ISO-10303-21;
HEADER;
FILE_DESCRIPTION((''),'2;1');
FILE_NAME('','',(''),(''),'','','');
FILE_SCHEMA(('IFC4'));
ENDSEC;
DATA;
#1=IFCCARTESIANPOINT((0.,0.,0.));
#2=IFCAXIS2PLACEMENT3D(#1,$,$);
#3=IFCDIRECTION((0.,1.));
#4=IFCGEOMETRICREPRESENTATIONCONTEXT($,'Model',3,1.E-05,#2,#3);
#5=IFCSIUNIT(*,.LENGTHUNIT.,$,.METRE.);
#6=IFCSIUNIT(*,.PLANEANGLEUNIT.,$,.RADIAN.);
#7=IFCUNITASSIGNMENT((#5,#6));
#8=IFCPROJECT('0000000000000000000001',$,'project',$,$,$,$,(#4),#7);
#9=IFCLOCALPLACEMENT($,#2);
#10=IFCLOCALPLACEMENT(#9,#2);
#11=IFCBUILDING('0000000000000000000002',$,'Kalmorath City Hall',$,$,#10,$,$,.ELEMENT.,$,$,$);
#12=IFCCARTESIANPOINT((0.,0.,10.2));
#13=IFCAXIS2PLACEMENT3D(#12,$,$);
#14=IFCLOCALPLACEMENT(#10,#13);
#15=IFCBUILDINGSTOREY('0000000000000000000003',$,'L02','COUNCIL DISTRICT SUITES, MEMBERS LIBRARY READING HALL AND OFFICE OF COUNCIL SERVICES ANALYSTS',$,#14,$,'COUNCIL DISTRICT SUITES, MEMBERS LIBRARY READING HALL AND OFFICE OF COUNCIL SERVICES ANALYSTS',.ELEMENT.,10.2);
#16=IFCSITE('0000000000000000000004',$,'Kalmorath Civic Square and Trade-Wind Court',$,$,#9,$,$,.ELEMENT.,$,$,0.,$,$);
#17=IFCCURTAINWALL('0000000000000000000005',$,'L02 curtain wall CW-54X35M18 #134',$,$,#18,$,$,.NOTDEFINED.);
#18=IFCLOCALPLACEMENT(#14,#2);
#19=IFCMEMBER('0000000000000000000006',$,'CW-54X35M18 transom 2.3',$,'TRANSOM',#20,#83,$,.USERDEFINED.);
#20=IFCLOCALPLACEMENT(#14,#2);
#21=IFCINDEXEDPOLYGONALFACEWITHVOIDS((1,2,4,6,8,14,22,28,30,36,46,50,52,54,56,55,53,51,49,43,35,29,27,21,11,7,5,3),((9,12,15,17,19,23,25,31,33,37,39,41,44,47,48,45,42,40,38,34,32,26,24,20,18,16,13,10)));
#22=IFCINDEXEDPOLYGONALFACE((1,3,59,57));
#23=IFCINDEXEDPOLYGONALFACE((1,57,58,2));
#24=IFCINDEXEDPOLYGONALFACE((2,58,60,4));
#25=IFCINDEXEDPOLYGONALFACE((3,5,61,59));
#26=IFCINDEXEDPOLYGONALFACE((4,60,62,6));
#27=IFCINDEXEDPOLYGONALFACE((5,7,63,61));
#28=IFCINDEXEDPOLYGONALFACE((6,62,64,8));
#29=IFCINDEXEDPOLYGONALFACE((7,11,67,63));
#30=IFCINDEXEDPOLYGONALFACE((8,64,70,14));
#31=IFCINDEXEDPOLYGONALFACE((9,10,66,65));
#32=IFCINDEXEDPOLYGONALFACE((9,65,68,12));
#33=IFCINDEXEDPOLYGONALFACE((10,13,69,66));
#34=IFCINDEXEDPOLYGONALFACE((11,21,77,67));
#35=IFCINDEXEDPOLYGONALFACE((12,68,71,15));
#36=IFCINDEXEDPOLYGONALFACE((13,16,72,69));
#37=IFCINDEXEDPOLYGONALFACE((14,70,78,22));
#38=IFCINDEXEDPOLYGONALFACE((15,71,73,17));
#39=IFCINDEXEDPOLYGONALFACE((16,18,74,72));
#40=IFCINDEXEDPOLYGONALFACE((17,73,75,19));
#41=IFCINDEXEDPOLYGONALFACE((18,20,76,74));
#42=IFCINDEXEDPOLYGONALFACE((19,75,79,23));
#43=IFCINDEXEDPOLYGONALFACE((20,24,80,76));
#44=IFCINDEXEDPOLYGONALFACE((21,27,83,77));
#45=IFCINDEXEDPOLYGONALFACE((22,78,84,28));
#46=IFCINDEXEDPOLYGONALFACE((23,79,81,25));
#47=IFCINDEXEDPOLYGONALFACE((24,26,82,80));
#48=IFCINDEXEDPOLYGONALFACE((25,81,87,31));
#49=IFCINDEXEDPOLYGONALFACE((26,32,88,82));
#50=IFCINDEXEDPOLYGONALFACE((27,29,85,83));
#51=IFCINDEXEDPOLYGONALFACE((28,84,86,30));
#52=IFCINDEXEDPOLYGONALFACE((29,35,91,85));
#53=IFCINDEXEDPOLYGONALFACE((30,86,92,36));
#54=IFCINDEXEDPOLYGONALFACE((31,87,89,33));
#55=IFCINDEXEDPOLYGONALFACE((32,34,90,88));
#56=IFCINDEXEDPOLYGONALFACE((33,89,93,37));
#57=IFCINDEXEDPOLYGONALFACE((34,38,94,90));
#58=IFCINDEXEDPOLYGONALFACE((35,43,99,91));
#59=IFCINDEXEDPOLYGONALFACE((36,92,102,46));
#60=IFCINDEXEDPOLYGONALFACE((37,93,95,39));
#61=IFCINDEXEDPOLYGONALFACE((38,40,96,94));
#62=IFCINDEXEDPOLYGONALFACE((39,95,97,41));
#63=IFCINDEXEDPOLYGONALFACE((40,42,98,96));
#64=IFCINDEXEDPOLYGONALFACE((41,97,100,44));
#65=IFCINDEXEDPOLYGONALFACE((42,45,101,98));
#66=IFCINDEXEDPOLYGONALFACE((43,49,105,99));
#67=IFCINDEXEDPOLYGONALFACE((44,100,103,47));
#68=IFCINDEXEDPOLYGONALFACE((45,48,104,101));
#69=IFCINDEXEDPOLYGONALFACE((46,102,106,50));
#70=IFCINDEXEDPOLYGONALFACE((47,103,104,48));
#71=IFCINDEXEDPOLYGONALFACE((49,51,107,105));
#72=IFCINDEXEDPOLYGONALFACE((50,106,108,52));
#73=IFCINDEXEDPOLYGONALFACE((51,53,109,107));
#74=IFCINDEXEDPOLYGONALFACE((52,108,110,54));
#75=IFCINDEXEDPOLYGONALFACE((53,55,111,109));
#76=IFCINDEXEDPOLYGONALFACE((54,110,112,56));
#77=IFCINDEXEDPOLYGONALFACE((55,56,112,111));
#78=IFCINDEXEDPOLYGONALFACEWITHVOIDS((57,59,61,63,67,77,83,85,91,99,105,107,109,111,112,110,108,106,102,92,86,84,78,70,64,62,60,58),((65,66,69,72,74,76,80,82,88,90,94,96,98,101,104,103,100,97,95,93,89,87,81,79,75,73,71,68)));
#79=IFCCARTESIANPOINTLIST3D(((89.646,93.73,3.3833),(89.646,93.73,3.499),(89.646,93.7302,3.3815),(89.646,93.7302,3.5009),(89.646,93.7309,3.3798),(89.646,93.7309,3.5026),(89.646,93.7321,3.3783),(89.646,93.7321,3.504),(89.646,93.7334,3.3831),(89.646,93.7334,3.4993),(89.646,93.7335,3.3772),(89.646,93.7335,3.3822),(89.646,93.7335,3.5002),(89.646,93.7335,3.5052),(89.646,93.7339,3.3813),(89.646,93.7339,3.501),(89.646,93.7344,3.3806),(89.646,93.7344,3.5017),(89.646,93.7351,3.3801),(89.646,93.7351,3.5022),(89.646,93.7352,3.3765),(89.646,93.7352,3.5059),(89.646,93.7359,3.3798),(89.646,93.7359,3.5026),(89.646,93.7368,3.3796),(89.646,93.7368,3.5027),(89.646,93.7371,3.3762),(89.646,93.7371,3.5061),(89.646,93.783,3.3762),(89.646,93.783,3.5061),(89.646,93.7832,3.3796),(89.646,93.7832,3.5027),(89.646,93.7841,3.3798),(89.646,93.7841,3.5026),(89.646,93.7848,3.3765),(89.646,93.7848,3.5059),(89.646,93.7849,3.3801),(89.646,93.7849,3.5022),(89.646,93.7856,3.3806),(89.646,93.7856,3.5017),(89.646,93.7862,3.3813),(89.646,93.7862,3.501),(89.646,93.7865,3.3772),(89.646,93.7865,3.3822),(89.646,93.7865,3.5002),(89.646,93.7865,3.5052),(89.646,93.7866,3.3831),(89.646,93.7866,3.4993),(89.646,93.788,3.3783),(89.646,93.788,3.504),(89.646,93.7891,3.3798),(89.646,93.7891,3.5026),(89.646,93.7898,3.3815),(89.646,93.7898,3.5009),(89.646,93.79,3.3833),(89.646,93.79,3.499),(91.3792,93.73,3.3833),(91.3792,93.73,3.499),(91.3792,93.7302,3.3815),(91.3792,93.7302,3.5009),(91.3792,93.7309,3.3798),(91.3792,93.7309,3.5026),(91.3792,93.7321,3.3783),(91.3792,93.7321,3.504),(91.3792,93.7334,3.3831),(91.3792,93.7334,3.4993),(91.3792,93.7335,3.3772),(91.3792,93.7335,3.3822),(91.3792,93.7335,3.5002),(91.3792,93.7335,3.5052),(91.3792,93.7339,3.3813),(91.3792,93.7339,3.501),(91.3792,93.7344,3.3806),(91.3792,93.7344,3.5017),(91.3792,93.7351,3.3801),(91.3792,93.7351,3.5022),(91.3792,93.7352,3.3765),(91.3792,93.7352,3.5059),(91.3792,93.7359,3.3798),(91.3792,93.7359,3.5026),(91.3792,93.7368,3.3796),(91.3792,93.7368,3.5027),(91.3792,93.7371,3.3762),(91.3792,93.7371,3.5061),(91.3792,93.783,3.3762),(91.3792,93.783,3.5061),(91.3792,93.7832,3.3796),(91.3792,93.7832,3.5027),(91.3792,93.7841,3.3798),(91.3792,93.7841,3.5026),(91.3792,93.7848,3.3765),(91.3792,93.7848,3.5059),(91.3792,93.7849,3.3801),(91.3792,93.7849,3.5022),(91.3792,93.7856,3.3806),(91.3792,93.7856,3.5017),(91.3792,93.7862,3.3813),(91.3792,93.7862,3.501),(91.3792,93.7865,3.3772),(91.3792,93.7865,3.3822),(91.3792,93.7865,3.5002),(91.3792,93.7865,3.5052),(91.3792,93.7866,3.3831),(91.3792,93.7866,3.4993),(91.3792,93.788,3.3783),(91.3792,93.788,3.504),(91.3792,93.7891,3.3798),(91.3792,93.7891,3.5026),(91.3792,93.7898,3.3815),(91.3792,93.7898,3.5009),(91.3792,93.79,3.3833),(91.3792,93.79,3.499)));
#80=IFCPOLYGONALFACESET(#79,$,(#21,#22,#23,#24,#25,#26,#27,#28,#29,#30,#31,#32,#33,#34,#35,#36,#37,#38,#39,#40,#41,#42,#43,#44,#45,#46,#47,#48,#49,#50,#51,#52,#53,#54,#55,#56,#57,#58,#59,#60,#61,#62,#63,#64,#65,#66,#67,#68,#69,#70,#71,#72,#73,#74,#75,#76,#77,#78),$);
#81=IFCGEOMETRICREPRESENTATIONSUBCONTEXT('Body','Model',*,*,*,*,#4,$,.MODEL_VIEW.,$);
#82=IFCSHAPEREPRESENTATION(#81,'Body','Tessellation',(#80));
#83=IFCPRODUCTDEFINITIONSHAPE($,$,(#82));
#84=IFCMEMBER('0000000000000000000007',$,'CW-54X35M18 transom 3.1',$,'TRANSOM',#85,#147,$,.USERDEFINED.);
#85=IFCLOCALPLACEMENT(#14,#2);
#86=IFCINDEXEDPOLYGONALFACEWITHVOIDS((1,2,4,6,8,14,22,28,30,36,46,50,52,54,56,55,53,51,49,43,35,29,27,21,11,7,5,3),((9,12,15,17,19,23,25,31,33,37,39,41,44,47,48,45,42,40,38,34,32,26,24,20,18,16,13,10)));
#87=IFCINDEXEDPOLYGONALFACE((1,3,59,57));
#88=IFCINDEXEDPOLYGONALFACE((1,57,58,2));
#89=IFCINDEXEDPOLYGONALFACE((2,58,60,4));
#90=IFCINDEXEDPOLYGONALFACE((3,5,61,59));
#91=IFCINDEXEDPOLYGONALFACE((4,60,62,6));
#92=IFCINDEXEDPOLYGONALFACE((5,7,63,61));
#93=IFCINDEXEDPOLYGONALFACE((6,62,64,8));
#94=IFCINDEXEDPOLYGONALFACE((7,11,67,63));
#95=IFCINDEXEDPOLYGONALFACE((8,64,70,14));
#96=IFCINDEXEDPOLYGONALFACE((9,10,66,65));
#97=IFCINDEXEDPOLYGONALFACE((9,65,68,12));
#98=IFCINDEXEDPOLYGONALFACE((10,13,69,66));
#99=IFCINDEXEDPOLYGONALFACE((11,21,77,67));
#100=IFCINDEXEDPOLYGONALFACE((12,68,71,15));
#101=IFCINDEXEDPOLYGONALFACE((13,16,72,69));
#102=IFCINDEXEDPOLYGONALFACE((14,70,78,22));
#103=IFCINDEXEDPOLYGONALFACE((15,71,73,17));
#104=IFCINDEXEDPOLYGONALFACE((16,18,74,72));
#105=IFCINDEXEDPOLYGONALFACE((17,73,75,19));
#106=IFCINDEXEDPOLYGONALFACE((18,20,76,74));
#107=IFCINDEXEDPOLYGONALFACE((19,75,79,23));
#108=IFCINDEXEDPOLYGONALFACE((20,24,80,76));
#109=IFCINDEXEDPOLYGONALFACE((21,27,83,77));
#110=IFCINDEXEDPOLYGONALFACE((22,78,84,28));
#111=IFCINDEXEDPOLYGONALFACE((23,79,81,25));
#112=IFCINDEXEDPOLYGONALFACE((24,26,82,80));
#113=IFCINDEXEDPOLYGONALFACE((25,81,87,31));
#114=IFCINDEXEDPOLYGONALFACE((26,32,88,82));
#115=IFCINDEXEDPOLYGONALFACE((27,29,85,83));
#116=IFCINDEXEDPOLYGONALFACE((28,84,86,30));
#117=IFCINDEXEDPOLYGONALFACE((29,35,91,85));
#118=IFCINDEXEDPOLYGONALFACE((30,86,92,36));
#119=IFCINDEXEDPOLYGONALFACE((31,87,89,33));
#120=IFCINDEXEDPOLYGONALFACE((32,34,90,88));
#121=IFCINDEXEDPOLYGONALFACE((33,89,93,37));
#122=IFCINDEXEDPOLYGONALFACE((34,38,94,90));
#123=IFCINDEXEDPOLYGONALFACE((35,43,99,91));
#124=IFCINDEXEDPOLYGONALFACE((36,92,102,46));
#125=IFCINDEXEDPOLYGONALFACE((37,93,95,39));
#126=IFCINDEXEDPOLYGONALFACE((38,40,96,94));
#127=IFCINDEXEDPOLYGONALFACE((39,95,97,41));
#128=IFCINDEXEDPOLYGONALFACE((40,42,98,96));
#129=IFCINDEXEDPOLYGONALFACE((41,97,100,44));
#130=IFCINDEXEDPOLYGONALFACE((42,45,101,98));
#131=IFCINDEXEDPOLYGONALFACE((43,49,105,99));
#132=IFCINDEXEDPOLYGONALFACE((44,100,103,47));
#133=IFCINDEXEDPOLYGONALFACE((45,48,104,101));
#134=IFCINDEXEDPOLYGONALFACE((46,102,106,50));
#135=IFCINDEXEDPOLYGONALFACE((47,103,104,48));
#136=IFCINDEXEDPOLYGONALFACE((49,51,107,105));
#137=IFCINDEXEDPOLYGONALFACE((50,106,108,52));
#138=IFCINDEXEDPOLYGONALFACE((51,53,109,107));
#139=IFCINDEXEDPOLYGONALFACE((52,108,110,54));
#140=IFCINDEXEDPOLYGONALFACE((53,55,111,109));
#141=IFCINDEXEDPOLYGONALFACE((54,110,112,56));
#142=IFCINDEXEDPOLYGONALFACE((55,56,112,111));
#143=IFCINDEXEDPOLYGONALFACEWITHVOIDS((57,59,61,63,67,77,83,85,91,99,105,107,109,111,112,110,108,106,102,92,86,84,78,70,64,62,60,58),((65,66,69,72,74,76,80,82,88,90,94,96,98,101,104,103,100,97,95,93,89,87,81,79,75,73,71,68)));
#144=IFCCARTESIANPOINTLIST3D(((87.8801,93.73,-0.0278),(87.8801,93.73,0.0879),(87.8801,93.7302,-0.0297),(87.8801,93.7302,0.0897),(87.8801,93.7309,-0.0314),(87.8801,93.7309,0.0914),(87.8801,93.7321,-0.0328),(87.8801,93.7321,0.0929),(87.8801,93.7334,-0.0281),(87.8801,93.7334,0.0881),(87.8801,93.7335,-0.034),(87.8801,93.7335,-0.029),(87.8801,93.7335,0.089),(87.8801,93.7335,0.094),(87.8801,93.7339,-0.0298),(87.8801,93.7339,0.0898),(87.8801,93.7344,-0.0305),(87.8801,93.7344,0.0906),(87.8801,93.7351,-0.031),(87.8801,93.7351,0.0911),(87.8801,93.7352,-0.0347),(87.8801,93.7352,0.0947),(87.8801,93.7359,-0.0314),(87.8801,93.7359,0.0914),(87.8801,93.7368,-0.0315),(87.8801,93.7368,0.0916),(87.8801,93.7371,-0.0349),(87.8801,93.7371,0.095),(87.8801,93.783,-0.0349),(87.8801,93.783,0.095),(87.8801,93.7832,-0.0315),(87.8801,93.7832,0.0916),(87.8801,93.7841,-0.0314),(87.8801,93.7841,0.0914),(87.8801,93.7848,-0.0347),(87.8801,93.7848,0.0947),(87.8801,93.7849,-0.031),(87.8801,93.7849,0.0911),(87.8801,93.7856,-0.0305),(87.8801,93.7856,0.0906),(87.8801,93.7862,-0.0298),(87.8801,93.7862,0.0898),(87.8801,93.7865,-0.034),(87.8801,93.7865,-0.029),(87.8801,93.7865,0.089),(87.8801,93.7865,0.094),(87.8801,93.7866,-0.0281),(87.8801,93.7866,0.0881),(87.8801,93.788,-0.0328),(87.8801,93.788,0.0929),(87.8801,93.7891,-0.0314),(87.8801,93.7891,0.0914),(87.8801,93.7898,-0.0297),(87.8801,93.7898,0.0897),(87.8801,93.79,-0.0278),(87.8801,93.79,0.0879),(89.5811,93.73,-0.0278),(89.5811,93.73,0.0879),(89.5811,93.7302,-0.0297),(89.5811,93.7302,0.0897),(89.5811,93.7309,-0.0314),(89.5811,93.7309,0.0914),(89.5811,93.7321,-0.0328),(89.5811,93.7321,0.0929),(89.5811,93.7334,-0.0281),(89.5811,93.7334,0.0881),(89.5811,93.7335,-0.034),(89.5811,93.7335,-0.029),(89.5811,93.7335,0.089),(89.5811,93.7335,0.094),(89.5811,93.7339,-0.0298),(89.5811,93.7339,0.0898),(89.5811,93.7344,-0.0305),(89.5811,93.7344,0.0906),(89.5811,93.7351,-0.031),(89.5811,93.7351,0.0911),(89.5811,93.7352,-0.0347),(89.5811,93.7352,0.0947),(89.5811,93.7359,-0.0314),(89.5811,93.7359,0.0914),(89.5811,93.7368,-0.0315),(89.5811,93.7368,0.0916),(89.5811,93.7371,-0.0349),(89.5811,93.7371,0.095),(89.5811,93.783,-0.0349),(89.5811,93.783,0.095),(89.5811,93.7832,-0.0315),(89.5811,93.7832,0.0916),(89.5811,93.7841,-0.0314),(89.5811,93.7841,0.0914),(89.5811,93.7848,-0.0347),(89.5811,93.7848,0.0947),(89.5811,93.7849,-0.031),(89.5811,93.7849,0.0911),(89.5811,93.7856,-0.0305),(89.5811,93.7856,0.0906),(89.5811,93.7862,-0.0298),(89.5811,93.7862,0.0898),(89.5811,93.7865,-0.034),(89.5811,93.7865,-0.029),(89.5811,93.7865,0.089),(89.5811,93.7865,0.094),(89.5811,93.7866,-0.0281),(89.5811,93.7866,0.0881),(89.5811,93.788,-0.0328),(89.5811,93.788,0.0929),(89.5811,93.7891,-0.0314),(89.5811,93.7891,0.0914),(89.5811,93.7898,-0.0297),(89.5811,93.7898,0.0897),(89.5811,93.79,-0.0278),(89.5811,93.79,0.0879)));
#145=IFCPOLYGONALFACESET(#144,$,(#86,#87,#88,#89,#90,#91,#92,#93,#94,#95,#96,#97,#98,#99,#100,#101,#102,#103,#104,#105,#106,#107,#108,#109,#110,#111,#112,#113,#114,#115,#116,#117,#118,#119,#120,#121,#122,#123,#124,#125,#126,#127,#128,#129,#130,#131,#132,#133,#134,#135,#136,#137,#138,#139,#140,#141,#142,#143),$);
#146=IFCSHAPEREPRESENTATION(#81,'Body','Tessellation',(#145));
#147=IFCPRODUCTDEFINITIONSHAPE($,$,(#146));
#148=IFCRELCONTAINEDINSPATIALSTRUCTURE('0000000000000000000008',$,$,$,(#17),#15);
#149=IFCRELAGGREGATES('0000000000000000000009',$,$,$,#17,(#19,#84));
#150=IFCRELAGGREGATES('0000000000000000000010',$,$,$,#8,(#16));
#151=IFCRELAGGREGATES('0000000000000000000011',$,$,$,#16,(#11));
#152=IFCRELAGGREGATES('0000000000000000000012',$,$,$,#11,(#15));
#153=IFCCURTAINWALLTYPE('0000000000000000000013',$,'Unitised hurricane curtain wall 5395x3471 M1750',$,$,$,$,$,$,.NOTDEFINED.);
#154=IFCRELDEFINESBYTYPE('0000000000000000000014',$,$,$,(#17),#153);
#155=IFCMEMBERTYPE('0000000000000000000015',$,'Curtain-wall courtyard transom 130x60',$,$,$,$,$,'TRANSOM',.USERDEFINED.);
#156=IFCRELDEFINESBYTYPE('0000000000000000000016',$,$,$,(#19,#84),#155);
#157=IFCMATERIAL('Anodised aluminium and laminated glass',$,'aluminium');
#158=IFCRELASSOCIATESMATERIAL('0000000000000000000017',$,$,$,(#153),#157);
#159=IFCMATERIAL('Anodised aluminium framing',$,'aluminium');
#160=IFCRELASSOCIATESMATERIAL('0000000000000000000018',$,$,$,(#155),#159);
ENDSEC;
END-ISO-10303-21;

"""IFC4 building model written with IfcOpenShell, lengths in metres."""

from ifc_helpers import new_model, si_unit, direction, frame, origin, origin_2d, place, context, subcontext, project, spatial, hollow_rectangle, extrude, material, material_profile, profile_set, type_object, element, aggregate, save


model = new_model("IFC4")

# Units and contexts
model_context = context("Model", 3, precision=1e-05, world=origin(), true_north=direction((0.0, 1.0)))
body_context = subcontext(model_context, "Body", "Model", "MODEL_VIEW")
ifc_project = project(units=[si_unit("LENGTHUNIT", "METRE"), si_unit("PLANEANGLEUNIT", "RADIAN")], contexts=[model_context])

# Site, building, storey
site_placement = place(None, origin())
site = spatial("IfcSite", under=ifc_project, at=site_placement, Name="Kalmorath Civic Square and Trade-Wind Court", CompositionType="ELEMENT", RefElevation=0.0)
building_placement = place(site_placement, origin())
building = spatial("IfcBuilding", under=site, at=building_placement, Name="Kalmorath City Hall", CompositionType="ELEMENT")
storey_placement = place(building_placement, frame((0.0, 0.0, 10.2)))
storey = spatial("IfcBuildingStorey", under=building, at=storey_placement, Name="L02", Description="COUNCIL DISTRICT SUITES, MEMBERS LIBRARY READING HALL AND OFFICE OF COUNCIL SERVICES ANALYSTS", LongName="COUNCIL DISTRICT SUITES, MEMBERS LIBRARY READING HALL AND OFFICE OF COUNCIL SERVICES ANALYSTS", CompositionType="ELEMENT", Elevation=10.2)

# Curtain wall, members
ifc_material_1 = material(Name="Anodised aluminium and laminated glass", Category="aluminium")
curtain_wall_type = type_object("IfcCurtainWallType", Name="Unitised hurricane curtain wall 5395x3471 M1750", PredefinedType="NOTDEFINED", material=ifc_material_1)
curtain_wall_placement = place(storey_placement, origin())
curtain_wall = element("IfcCurtainWall", 1, at=curtain_wall_placement, inside=storey, type_object=curtain_wall_type, Name="L02 curtain wall CW-54X35M18 #134", PredefinedType="NOTDEFINED")
ifc_material_2 = material(Name="Anodised aluminium framing", Category="aluminium")
ifc_material_profile_1 = material_profile(ifc_material_2, hollow_rectangle(XDim=0.0601, YDim=0.1299, WallThickness=0.0034, InnerFilletRadius=0.0034, OuterFilletRadius=0.0071, at=origin_2d()), Name="ALU-TRN-130X60X3.5")
ifc_profile_set_1 = profile_set([ifc_material_profile_1], Name="Anodised aluminium framing")
member_type_1 = type_object("IfcMemberType", Name="Curtain-wall courtyard transom 130x60", ElementType="TRANSOM", PredefinedType="USERDEFINED", material=ifc_profile_set_1)
member_1_placement = place(storey_placement, frame((91.3792, 93.76, 3.4412), z_axis=(-1.0, 0.0, 0.0), x_axis=(0.0, -1.0, 0.0)))
member_1 = element("IfcMember", 2, at=member_1_placement, type_object=member_type_1, Name="CW-54X35M18 transom 2.3", ObjectType="TRANSOM", PredefinedType="USERDEFINED", context=body_context, shape_type="SweptSolid", body=[
    extrude(hollow_rectangle(XDim=0.0601, YDim=0.1299, WallThickness=0.0034, InnerFilletRadius=0.0034, OuterFilletRadius=0.0071, at=origin_2d()), origin(), (0.0, 0.0, 1.0), 1.7332),
])
member_2_placement = place(storey_placement, frame((89.5811, 93.76, 0.03), z_axis=(-1.0, 0.0, 0.0), x_axis=(0.0, -1.0, 0.0)))
member_2 = element("IfcMember", 3, at=member_2_placement, type_object=member_type_1, Name="CW-54X35M18 transom 3.1", ObjectType="TRANSOM", PredefinedType="USERDEFINED", context=body_context, shape_type="SweptSolid", body=[
    extrude(hollow_rectangle(XDim=0.0601, YDim=0.1299, WallThickness=0.0034, InnerFilletRadius=0.0034, OuterFilletRadius=0.0071, at=origin_2d()), origin(), (0.0, 0.0, 1.0), 1.7009),
])

aggregate(curtain_wall, [member_1, member_2])

save(model, "model.ifc")
